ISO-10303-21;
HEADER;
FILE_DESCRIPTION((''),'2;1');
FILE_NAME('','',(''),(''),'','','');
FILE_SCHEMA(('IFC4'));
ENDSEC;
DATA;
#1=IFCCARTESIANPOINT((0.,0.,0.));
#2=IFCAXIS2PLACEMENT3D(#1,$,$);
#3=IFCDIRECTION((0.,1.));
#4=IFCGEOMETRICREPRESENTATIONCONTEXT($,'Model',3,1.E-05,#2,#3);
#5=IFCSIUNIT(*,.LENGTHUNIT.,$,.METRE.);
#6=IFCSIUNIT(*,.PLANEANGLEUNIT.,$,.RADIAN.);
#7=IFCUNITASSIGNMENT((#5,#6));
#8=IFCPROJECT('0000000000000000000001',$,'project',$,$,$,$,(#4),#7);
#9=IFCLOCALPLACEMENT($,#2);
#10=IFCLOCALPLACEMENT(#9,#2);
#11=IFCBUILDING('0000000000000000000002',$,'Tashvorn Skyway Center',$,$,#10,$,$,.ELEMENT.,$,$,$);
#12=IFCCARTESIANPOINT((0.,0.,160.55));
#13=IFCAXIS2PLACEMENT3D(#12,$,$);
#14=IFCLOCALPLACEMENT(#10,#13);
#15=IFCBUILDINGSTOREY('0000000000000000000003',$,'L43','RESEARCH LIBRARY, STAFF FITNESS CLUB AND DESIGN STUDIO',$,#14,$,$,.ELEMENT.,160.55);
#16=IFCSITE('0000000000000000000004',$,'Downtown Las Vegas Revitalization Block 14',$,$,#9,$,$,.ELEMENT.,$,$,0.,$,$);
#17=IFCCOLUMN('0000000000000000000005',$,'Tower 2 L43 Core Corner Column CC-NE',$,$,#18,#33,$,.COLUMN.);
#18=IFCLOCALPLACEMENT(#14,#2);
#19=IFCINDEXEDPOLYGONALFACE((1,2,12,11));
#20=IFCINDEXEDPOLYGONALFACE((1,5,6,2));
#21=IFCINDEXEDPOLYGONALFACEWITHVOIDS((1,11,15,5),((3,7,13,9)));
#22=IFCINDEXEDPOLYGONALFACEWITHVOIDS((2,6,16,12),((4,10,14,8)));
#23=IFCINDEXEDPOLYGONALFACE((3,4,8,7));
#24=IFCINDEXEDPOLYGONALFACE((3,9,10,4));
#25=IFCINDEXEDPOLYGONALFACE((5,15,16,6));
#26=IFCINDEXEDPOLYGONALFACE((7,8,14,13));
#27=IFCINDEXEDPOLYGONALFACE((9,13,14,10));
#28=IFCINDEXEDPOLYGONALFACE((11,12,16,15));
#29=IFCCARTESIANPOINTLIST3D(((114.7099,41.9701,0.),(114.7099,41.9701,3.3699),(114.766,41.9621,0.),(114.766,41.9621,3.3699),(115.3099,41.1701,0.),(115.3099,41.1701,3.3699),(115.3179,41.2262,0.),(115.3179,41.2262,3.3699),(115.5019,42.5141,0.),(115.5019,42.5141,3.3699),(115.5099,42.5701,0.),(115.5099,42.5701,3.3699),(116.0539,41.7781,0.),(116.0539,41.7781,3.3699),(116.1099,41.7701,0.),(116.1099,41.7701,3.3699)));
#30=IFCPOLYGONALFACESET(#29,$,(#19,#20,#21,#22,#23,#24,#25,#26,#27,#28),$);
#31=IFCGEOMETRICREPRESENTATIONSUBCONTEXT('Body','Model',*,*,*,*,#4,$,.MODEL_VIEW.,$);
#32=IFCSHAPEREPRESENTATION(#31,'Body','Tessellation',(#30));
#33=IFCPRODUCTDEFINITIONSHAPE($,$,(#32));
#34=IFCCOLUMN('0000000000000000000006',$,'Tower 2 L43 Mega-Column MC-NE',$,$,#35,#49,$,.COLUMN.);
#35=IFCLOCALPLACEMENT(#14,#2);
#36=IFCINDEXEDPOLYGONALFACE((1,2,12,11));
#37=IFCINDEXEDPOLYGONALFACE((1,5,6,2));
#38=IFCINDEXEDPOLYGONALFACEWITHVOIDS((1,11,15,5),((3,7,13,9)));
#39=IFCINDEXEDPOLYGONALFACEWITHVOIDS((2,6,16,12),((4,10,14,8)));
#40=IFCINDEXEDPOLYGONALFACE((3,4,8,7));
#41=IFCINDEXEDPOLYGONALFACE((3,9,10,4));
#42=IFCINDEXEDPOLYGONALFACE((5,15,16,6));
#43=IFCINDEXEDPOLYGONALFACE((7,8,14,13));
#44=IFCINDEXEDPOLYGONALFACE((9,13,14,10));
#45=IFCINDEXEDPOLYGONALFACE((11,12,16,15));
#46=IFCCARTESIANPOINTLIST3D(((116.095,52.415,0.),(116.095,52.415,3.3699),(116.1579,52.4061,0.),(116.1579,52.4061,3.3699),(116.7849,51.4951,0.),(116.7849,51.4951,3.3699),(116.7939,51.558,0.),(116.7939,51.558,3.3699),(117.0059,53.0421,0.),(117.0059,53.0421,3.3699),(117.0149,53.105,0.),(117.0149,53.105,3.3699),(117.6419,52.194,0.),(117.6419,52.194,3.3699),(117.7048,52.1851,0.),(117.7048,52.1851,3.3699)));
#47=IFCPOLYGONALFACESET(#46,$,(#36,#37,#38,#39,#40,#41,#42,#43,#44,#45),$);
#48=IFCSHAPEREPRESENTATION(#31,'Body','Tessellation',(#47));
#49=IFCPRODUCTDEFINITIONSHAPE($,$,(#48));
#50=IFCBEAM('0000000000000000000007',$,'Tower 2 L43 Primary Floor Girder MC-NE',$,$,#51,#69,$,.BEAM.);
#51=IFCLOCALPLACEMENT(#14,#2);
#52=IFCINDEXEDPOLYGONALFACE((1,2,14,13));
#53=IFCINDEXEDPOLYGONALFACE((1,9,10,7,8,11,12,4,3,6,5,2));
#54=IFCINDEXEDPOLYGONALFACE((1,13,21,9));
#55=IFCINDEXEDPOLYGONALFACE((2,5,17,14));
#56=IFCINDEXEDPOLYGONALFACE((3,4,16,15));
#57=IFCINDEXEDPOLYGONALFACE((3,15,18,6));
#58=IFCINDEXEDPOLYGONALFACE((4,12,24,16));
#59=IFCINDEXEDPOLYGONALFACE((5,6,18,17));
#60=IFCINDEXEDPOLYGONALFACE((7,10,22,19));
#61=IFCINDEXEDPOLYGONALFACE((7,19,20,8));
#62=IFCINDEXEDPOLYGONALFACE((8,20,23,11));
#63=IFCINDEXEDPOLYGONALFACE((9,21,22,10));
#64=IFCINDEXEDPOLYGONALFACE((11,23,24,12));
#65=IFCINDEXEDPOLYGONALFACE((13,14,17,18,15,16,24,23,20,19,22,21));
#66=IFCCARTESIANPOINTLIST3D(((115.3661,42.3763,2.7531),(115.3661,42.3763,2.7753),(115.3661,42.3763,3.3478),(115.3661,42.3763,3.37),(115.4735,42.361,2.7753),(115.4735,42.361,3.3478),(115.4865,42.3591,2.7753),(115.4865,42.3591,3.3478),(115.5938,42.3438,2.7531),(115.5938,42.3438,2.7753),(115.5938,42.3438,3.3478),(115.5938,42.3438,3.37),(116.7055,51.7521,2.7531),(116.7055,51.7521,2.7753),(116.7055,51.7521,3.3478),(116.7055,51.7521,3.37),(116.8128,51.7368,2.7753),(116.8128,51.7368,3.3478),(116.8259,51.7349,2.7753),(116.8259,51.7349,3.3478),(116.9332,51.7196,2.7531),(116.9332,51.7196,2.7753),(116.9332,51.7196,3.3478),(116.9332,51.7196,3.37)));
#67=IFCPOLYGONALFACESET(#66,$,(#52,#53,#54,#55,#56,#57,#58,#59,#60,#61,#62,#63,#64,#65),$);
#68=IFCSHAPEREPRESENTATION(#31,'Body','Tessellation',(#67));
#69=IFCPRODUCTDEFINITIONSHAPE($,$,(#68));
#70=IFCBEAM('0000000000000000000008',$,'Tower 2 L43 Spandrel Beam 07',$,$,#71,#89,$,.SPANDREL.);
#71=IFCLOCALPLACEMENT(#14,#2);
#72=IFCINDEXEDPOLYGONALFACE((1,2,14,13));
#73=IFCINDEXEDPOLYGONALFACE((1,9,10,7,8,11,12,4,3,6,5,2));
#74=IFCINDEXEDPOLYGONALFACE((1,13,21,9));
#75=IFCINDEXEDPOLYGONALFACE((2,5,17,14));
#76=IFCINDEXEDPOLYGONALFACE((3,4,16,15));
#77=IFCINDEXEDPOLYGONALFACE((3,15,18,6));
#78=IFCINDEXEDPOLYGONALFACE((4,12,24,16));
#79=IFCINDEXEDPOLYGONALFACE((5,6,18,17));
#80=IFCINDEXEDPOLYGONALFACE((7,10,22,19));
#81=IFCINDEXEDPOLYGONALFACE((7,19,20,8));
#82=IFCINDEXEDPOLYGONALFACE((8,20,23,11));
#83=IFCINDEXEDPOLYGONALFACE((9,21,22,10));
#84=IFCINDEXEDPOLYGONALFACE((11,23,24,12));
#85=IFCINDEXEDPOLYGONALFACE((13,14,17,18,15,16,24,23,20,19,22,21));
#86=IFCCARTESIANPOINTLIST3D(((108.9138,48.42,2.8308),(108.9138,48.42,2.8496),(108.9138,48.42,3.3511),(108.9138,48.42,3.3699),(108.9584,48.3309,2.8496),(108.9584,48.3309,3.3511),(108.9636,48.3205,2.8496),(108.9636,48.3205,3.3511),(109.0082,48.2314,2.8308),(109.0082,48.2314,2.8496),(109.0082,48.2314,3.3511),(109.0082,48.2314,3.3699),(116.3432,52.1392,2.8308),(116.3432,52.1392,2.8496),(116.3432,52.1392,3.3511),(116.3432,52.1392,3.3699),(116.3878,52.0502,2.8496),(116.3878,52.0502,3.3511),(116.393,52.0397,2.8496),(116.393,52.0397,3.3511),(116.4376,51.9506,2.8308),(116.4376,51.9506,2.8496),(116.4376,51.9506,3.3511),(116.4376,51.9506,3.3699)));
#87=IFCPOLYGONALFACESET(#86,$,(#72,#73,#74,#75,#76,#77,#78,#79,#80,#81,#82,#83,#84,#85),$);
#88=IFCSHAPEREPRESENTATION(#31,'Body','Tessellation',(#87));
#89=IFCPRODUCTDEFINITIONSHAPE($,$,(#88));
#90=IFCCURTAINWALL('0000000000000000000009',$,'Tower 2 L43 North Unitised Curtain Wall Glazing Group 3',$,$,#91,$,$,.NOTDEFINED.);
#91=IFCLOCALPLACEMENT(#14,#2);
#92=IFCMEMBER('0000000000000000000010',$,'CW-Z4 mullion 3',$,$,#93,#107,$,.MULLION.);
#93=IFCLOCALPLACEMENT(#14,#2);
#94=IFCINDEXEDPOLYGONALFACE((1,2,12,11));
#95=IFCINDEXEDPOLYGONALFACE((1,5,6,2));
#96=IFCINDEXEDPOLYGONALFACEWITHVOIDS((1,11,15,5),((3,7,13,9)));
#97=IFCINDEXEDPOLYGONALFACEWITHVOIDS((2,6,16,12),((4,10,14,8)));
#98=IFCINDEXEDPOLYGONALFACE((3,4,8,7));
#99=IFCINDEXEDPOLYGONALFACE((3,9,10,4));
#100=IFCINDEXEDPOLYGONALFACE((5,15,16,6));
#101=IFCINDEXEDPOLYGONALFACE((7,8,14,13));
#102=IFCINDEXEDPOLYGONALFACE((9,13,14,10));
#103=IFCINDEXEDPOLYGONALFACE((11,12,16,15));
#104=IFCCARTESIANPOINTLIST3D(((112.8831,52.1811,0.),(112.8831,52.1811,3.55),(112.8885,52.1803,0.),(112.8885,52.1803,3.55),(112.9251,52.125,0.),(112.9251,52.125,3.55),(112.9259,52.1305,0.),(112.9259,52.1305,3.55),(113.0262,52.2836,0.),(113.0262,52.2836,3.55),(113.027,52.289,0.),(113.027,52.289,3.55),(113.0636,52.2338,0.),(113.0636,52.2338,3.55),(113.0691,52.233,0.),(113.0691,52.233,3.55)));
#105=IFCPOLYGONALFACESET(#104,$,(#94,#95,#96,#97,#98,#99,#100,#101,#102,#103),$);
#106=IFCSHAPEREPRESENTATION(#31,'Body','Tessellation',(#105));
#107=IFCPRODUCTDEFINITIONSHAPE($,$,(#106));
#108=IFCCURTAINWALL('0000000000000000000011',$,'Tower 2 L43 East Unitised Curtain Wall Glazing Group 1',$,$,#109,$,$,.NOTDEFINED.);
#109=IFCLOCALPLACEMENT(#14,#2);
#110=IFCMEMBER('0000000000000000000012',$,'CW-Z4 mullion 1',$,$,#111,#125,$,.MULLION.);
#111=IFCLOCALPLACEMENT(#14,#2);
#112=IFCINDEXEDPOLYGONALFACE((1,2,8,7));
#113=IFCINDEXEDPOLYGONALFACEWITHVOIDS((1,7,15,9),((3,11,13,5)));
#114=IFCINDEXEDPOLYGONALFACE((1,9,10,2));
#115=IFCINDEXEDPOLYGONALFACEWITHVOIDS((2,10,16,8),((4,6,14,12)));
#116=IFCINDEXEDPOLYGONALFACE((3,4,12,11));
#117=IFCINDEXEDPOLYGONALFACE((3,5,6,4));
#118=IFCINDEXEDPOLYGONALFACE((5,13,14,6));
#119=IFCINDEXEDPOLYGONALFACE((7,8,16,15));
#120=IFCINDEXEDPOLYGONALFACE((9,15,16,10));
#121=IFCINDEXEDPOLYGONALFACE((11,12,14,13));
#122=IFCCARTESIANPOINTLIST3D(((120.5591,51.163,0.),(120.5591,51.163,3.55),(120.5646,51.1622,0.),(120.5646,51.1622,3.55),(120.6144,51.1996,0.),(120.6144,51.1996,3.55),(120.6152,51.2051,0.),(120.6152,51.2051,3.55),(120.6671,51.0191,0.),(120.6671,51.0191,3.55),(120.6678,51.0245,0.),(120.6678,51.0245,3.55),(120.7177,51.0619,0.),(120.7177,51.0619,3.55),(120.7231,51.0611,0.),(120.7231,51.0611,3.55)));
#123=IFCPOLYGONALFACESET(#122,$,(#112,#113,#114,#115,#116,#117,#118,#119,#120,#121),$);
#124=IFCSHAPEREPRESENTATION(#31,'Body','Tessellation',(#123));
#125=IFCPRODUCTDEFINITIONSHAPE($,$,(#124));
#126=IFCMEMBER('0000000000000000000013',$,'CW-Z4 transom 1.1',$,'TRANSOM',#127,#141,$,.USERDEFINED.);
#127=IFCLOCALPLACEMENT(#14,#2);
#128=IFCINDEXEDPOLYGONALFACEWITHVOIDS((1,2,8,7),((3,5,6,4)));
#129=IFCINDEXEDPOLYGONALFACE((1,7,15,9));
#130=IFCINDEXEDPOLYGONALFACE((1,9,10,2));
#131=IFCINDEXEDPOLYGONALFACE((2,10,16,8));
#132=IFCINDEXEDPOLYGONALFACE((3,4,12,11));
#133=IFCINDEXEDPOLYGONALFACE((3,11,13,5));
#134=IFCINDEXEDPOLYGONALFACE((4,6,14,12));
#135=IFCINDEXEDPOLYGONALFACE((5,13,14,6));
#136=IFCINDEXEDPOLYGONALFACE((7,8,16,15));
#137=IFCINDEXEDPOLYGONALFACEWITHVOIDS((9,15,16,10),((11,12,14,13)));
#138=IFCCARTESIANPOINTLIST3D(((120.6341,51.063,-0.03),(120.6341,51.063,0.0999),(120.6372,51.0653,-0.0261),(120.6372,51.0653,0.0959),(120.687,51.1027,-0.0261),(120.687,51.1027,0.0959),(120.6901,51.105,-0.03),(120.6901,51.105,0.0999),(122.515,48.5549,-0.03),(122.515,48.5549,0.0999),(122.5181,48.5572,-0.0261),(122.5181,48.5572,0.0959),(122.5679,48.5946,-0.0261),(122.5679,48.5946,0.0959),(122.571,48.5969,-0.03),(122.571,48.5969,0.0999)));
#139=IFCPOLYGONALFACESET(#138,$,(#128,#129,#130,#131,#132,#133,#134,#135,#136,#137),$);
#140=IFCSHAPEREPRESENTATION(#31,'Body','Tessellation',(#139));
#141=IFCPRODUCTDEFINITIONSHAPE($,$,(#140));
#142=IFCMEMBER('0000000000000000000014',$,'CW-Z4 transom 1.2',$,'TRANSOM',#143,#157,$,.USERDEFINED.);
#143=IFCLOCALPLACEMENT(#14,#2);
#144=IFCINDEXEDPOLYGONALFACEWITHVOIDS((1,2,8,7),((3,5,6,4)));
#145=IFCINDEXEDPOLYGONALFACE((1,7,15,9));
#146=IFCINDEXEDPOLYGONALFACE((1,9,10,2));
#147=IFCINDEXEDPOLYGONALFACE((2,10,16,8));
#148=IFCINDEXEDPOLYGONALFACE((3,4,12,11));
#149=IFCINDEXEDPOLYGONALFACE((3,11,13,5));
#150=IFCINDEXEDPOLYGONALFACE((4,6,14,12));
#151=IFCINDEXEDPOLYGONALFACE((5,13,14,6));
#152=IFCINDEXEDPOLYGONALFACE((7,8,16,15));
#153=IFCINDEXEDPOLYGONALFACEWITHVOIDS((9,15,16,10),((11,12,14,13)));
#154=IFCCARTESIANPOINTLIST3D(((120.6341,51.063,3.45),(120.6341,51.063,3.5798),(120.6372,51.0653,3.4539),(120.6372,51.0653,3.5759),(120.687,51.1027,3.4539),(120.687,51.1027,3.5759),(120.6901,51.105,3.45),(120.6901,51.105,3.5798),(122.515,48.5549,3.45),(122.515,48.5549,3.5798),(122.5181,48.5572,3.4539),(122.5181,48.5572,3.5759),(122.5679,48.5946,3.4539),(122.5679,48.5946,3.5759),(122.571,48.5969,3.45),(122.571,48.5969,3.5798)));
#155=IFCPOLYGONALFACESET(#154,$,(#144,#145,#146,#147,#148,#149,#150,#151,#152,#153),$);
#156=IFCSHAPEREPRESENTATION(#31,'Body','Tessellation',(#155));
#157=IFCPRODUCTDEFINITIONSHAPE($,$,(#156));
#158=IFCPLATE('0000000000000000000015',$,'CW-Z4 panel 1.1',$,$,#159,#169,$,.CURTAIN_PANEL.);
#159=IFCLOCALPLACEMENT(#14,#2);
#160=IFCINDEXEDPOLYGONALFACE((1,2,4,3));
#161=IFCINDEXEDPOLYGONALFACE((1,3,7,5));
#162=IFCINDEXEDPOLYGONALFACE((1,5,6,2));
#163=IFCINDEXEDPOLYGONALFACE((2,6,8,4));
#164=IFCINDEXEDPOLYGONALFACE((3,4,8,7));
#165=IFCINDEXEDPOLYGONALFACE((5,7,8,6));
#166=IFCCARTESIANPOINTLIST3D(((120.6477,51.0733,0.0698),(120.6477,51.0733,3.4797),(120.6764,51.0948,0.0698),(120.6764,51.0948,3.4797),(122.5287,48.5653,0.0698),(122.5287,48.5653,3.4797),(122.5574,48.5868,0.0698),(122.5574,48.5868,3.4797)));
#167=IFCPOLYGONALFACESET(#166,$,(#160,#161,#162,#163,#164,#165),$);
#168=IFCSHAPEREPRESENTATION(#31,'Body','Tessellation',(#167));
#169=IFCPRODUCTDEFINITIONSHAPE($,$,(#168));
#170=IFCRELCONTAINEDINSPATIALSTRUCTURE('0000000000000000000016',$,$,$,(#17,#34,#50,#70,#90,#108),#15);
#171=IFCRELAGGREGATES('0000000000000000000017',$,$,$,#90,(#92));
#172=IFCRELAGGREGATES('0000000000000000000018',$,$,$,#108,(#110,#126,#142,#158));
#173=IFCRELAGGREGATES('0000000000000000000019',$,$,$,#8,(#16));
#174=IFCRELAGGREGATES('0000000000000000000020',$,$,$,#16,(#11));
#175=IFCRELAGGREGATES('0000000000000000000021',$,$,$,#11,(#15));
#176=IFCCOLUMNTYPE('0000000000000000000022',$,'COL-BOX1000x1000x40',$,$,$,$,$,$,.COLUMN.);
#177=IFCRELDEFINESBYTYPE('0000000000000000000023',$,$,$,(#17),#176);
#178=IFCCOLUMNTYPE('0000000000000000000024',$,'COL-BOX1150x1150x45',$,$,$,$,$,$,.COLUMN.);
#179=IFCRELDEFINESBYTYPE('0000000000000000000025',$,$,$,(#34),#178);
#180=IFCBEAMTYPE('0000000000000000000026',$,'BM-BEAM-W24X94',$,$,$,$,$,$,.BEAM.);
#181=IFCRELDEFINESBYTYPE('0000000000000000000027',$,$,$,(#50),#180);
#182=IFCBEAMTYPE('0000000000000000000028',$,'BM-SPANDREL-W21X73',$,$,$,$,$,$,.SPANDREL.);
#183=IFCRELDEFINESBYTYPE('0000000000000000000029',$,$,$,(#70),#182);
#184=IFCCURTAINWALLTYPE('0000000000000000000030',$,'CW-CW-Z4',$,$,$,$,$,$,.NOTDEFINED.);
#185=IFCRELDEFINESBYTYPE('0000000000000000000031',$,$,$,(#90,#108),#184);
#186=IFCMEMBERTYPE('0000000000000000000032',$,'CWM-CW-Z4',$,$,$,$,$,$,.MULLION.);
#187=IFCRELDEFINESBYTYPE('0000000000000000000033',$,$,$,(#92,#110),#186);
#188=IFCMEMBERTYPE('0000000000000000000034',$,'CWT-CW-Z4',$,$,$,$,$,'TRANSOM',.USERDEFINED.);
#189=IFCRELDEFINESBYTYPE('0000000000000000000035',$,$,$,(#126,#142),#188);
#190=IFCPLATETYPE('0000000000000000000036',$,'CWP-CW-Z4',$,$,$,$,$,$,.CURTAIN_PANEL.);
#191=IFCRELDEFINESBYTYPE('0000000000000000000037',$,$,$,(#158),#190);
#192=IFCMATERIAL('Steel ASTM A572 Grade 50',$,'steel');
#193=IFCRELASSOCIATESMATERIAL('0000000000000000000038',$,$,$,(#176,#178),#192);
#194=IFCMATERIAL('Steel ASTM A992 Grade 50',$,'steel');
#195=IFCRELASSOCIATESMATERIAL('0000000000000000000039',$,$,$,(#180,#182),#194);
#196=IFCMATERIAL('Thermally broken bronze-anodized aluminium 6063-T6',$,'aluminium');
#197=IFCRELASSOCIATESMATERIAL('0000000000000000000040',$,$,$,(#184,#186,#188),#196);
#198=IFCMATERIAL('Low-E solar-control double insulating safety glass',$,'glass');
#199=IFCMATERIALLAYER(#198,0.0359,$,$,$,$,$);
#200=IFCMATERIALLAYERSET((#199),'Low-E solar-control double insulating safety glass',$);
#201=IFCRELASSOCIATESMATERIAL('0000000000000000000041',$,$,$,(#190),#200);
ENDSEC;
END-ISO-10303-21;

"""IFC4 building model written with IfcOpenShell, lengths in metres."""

from ifc_helpers import new_model, si_unit, direction, frame, origin, origin_2d, place, context, subcontext, project, spatial, rectangle, hollow_rectangle, i_section, extrude, material, layer, layer_set, material_profile, profile_set, type_object, element, aggregate, save


model = new_model("IFC4")

# Units and contexts
model_context = context("Model", 3, precision=1e-05, world=origin(), true_north=direction((0.0, 1.0)))
body_context = subcontext(model_context, "Body", "Model", "MODEL_VIEW")
ifc_project = project(units=[si_unit("LENGTHUNIT", "METRE"), si_unit("PLANEANGLEUNIT", "RADIAN")], contexts=[model_context])

# Site, building, storey
site_placement = place(None, origin())
site = spatial("IfcSite", under=ifc_project, at=site_placement, Name="Downtown Las Vegas Revitalization Block 14", CompositionType="ELEMENT", RefElevation=0.0)
building_placement = place(site_placement, origin())
building = spatial("IfcBuilding", under=site, at=building_placement, Name="Tashvorn Skyway Center", CompositionType="ELEMENT")
storey_placement = place(building_placement, frame((0.0, 0.0, 160.55)))
storey = spatial("IfcBuildingStorey", under=building, at=storey_placement, Name="L43", Description="RESEARCH LIBRARY, STAFF FITNESS CLUB AND DESIGN STUDIO", CompositionType="ELEMENT", Elevation=160.55)

# Columns
ifc_material_1 = material(Name="Steel ASTM A572 Grade 50", Category="steel")
ifc_material_profile_1 = material_profile(ifc_material_1, hollow_rectangle(XDim=1.0, YDim=1.0, WallThickness=0.04, at=origin_2d()), Name="BOX1000x1000x40")
ifc_profile_set_1 = profile_set([ifc_material_profile_1], Name="Steel ASTM A572 Grade 50")
column_type_1 = type_object("IfcColumnType", Name="COL-BOX1000x1000x40", PredefinedType="COLUMN", material=ifc_profile_set_1)
column_1_placement = place(storey_placement, frame((115.4099, 41.8701, 0.0), z_axis=(0.0, 0.0, 1.0), x_axis=(0.8, 0.6, 0.0)))
element("IfcColumn", 1, at=column_1_placement, inside=storey, type_object=column_type_1, Name="Tower 2 L43 Core Corner Column CC-NE", PredefinedType="COLUMN", context=body_context, shape_type="SweptSolid", body=[
    extrude(hollow_rectangle(XDim=1.0, YDim=1.0, WallThickness=0.04, at=origin_2d()), origin(), (0.0, 0.0, 1.0), 3.3699),
])
ifc_material_profile_2 = material_profile(ifc_material_1, hollow_rectangle(XDim=1.1499, YDim=1.1499, WallThickness=0.0449, at=origin_2d()), Name="BOX1150x1150x45")
ifc_profile_set_2 = profile_set([ifc_material_profile_2], Name="Steel ASTM A572 Grade 50")
column_type_2 = type_object("IfcColumnType", Name="COL-BOX1150x1150x45", PredefinedType="COLUMN", material=ifc_profile_set_2)
column_2_placement = place(storey_placement, frame((116.8999, 52.3, 0.0), z_axis=(0.0, 0.0, 1.0), x_axis=(0.8, 0.6, 0.0)))
element("IfcColumn", 2, at=column_2_placement, inside=storey, type_object=column_type_2, Name="Tower 2 L43 Mega-Column MC-NE", PredefinedType="COLUMN", context=body_context, shape_type="SweptSolid", body=[
    extrude(hollow_rectangle(XDim=1.1499, YDim=1.1499, WallThickness=0.0449, at=origin_2d()), origin(), (0.0, 0.0, 1.0), 3.3699),
])

# Beams
ifc_material_2 = material(Name="Steel ASTM A992 Grade 50", Category="steel")
ifc_material_profile_3 = material_profile(ifc_material_2, i_section(OverallWidth=0.23, OverallDepth=0.6169, WebThickness=0.0132, FlangeThickness=0.0222, at=origin_2d()), Name="W24X94")
ifc_profile_set_3 = profile_set([ifc_material_profile_3], Name="Steel ASTM A992 Grade 50")
beam_type_1 = type_object("IfcBeamType", Name="BM-BEAM-W24X94", PredefinedType="BEAM", material=ifc_profile_set_3)
beam_1_placement = place(storey_placement, frame((116.8193, 51.7358, 3.0615), z_axis=(-0.141418, -0.98995, 0.0), x_axis=(0.98995, -0.141418, 0.0)))
element("IfcBeam", 3, at=beam_1_placement, inside=storey, type_object=beam_type_1, Name="Tower 2 L43 Primary Floor Girder MC-NE", PredefinedType="BEAM", context=body_context, shape_type="SweptSolid", body=[
    extrude(i_section(OverallWidth=0.23, OverallDepth=0.6169, WebThickness=0.0132, FlangeThickness=0.0222, at=origin_2d()), origin(), (0.0, 0.0, 1.0), 9.4709),
])
ifc_material_profile_4 = material_profile(ifc_material_2, i_section(OverallWidth=0.2109, OverallDepth=0.5391, WebThickness=0.0117, FlangeThickness=0.0188, at=origin_2d()), Name="W21X73")
ifc_profile_set_4 = profile_set([ifc_material_profile_4], Name="Steel ASTM A992 Grade 50")
beam_type_2 = type_object("IfcBeamType", Name="BM-SPANDREL-W21X73", PredefinedType="SPANDREL", material=ifc_profile_set_4)
beam_2_placement = place(storey_placement, frame((116.3904, 52.0449, 3.1003), z_axis=(-0.89421, -0.447648, 0.0), x_axis=(0.447648, -0.89421, 0.0)))
element("IfcBeam", 4, at=beam_2_placement, inside=storey, type_object=beam_type_2, Name="Tower 2 L43 Spandrel Beam 07", PredefinedType="SPANDREL", context=body_context, shape_type="SweptSolid", body=[
    extrude(i_section(OverallWidth=0.2109, OverallDepth=0.5391, WebThickness=0.0117, FlangeThickness=0.0188, at=origin_2d()), origin(), (0.0, 0.0, 1.0), 8.3083),
])

# Curtain wall, member
ifc_material_3 = material(Name="Thermally broken bronze-anodized aluminium 6063-T6", Category="aluminium")
curtain_wall_type = type_object("IfcCurtainWallType", Name="CW-CW-Z4", PredefinedType="NOTDEFINED", material=ifc_material_3)
curtain_wall_1_placement = place(storey_placement, origin())
curtain_wall_1 = element("IfcCurtainWall", 5, at=curtain_wall_1_placement, inside=storey, type_object=curtain_wall_type, Name="Tower 2 L43 North Unitised Curtain Wall Glazing Group 3", PredefinedType="NOTDEFINED")
ifc_material_profile_5 = material_profile(ifc_material_3, hollow_rectangle(XDim=0.0701, YDim=0.1799, WallThickness=0.0039, at=origin_2d()), Name="ALU-MULL-70x180")
ifc_profile_set_5 = profile_set([ifc_material_profile_5], Name="Thermally broken bronze-anodized aluminium 6063-T6")
member_type_1 = type_object("IfcMemberType", Name="CWM-CW-Z4", PredefinedType="MULLION", material=ifc_profile_set_5)
member_1_placement = place(storey_placement, frame((112.9761, 52.207, 0.0), z_axis=(0.0, 0.0, 1.0), x_axis=(-0.6, 0.8, 0.0)))
member_1 = element("IfcMember", 6, at=member_1_placement, type_object=member_type_1, Name="CW-Z4 mullion 3", PredefinedType="MULLION", context=body_context, shape_type="SweptSolid", body=[
    extrude(hollow_rectangle(XDim=0.0701, YDim=0.1799, WallThickness=0.0039, at=origin_2d()), origin(), (0.0, 0.0, 1.0), 3.55),
])
aggregate(curtain_wall_1, [member_1])

# Curtain wall, members, plate
curtain_wall_2_placement = place(storey_placement, origin())
curtain_wall_2 = element("IfcCurtainWall", 7, at=curtain_wall_2_placement, inside=storey, type_object=curtain_wall_type, Name="Tower 2 L43 East Unitised Curtain Wall Glazing Group 1", PredefinedType="NOTDEFINED")
member_2_placement = place(storey_placement, frame((120.6411, 51.1121, 0.0), z_axis=(0.0, 0.0, 1.0), x_axis=(0.8, 0.6, 0.0)))
member_2 = element("IfcMember", 8, at=member_2_placement, type_object=member_type_1, Name="CW-Z4 mullion 1", PredefinedType="MULLION", context=body_context, shape_type="SweptSolid", body=[
    extrude(hollow_rectangle(XDim=0.0701, YDim=0.1799, WallThickness=0.0039, at=origin_2d()), origin(), (0.0, 0.0, 1.0), 3.55),
])
ifc_material_profile_6 = material_profile(ifc_material_3, hollow_rectangle(XDim=0.0701, YDim=0.1299, WallThickness=0.0039, at=origin_2d()), Name="ALU-TRAN-70x130")
ifc_profile_set_6 = profile_set([ifc_material_profile_6], Name="Thermally broken bronze-anodized aluminium 6063-T6")
member_type_2 = type_object("IfcMemberType", Name="CWT-CW-Z4", ElementType="TRANSOM", PredefinedType="USERDEFINED", material=ifc_profile_set_6)
member_3_placement = place(storey_placement, frame((120.6621, 51.084, 0.0349), z_axis=(0.599963, -0.800028, 0.0), x_axis=(0.800028, 0.599963, 0.0)))
member_3 = element("IfcMember", 9, at=member_3_placement, type_object=member_type_2, Name="CW-Z4 transom 1.1", ObjectType="TRANSOM", PredefinedType="USERDEFINED", context=body_context, shape_type="SweptSolid", body=[
    extrude(hollow_rectangle(XDim=0.0701, YDim=0.1299, WallThickness=0.0039, at=origin_2d()), origin(), (0.0, 0.0, 1.0), 3.135),
])
member_4_placement = place(storey_placement, frame((120.6621, 51.084, 3.5149), z_axis=(0.599963, -0.800028, 0.0), x_axis=(0.800028, 0.599963, 0.0)))
member_4 = element("IfcMember", 10, at=member_4_placement, type_object=member_type_2, Name="CW-Z4 transom 1.2", ObjectType="TRANSOM", PredefinedType="USERDEFINED", context=body_context, shape_type="SweptSolid", body=[
    extrude(hollow_rectangle(XDim=0.0701, YDim=0.1299, WallThickness=0.0039, at=origin_2d()), origin(), (0.0, 0.0, 1.0), 3.135),
])
ifc_material_4 = material(Name="Low-E solar-control double insulating safety glass", Category="glass")
ifc_layer_1 = layer(ifc_material_4, 0.0359)
ifc_layer_set_1 = layer_set([ifc_layer_1], Name="Low-E solar-control double insulating safety glass")
plate_type = type_object("IfcPlateType", Name="CWP-CW-Z4", PredefinedType="CURTAIN_PANEL", material=ifc_layer_set_1)
plate_placement = place(storey_placement, frame((121.6025, 49.8301, 0.0698), z_axis=(0.0, 0.0, 1.0), x_axis=(0.6, -0.8, 0.0)))
plate = element("IfcPlate", 11, at=plate_placement, type_object=plate_type, Name="CW-Z4 panel 1.1", PredefinedType="CURTAIN_PANEL", context=body_context, shape_type="SweptSolid", body=[
    extrude(rectangle(XDim=3.135, YDim=0.0359, at=origin_2d()), origin(), (0.0, 0.0, 1.0), 3.4099),
])
aggregate(curtain_wall_2, [member_2, member_3, member_4, plate])

save(model, "model.ifc")
